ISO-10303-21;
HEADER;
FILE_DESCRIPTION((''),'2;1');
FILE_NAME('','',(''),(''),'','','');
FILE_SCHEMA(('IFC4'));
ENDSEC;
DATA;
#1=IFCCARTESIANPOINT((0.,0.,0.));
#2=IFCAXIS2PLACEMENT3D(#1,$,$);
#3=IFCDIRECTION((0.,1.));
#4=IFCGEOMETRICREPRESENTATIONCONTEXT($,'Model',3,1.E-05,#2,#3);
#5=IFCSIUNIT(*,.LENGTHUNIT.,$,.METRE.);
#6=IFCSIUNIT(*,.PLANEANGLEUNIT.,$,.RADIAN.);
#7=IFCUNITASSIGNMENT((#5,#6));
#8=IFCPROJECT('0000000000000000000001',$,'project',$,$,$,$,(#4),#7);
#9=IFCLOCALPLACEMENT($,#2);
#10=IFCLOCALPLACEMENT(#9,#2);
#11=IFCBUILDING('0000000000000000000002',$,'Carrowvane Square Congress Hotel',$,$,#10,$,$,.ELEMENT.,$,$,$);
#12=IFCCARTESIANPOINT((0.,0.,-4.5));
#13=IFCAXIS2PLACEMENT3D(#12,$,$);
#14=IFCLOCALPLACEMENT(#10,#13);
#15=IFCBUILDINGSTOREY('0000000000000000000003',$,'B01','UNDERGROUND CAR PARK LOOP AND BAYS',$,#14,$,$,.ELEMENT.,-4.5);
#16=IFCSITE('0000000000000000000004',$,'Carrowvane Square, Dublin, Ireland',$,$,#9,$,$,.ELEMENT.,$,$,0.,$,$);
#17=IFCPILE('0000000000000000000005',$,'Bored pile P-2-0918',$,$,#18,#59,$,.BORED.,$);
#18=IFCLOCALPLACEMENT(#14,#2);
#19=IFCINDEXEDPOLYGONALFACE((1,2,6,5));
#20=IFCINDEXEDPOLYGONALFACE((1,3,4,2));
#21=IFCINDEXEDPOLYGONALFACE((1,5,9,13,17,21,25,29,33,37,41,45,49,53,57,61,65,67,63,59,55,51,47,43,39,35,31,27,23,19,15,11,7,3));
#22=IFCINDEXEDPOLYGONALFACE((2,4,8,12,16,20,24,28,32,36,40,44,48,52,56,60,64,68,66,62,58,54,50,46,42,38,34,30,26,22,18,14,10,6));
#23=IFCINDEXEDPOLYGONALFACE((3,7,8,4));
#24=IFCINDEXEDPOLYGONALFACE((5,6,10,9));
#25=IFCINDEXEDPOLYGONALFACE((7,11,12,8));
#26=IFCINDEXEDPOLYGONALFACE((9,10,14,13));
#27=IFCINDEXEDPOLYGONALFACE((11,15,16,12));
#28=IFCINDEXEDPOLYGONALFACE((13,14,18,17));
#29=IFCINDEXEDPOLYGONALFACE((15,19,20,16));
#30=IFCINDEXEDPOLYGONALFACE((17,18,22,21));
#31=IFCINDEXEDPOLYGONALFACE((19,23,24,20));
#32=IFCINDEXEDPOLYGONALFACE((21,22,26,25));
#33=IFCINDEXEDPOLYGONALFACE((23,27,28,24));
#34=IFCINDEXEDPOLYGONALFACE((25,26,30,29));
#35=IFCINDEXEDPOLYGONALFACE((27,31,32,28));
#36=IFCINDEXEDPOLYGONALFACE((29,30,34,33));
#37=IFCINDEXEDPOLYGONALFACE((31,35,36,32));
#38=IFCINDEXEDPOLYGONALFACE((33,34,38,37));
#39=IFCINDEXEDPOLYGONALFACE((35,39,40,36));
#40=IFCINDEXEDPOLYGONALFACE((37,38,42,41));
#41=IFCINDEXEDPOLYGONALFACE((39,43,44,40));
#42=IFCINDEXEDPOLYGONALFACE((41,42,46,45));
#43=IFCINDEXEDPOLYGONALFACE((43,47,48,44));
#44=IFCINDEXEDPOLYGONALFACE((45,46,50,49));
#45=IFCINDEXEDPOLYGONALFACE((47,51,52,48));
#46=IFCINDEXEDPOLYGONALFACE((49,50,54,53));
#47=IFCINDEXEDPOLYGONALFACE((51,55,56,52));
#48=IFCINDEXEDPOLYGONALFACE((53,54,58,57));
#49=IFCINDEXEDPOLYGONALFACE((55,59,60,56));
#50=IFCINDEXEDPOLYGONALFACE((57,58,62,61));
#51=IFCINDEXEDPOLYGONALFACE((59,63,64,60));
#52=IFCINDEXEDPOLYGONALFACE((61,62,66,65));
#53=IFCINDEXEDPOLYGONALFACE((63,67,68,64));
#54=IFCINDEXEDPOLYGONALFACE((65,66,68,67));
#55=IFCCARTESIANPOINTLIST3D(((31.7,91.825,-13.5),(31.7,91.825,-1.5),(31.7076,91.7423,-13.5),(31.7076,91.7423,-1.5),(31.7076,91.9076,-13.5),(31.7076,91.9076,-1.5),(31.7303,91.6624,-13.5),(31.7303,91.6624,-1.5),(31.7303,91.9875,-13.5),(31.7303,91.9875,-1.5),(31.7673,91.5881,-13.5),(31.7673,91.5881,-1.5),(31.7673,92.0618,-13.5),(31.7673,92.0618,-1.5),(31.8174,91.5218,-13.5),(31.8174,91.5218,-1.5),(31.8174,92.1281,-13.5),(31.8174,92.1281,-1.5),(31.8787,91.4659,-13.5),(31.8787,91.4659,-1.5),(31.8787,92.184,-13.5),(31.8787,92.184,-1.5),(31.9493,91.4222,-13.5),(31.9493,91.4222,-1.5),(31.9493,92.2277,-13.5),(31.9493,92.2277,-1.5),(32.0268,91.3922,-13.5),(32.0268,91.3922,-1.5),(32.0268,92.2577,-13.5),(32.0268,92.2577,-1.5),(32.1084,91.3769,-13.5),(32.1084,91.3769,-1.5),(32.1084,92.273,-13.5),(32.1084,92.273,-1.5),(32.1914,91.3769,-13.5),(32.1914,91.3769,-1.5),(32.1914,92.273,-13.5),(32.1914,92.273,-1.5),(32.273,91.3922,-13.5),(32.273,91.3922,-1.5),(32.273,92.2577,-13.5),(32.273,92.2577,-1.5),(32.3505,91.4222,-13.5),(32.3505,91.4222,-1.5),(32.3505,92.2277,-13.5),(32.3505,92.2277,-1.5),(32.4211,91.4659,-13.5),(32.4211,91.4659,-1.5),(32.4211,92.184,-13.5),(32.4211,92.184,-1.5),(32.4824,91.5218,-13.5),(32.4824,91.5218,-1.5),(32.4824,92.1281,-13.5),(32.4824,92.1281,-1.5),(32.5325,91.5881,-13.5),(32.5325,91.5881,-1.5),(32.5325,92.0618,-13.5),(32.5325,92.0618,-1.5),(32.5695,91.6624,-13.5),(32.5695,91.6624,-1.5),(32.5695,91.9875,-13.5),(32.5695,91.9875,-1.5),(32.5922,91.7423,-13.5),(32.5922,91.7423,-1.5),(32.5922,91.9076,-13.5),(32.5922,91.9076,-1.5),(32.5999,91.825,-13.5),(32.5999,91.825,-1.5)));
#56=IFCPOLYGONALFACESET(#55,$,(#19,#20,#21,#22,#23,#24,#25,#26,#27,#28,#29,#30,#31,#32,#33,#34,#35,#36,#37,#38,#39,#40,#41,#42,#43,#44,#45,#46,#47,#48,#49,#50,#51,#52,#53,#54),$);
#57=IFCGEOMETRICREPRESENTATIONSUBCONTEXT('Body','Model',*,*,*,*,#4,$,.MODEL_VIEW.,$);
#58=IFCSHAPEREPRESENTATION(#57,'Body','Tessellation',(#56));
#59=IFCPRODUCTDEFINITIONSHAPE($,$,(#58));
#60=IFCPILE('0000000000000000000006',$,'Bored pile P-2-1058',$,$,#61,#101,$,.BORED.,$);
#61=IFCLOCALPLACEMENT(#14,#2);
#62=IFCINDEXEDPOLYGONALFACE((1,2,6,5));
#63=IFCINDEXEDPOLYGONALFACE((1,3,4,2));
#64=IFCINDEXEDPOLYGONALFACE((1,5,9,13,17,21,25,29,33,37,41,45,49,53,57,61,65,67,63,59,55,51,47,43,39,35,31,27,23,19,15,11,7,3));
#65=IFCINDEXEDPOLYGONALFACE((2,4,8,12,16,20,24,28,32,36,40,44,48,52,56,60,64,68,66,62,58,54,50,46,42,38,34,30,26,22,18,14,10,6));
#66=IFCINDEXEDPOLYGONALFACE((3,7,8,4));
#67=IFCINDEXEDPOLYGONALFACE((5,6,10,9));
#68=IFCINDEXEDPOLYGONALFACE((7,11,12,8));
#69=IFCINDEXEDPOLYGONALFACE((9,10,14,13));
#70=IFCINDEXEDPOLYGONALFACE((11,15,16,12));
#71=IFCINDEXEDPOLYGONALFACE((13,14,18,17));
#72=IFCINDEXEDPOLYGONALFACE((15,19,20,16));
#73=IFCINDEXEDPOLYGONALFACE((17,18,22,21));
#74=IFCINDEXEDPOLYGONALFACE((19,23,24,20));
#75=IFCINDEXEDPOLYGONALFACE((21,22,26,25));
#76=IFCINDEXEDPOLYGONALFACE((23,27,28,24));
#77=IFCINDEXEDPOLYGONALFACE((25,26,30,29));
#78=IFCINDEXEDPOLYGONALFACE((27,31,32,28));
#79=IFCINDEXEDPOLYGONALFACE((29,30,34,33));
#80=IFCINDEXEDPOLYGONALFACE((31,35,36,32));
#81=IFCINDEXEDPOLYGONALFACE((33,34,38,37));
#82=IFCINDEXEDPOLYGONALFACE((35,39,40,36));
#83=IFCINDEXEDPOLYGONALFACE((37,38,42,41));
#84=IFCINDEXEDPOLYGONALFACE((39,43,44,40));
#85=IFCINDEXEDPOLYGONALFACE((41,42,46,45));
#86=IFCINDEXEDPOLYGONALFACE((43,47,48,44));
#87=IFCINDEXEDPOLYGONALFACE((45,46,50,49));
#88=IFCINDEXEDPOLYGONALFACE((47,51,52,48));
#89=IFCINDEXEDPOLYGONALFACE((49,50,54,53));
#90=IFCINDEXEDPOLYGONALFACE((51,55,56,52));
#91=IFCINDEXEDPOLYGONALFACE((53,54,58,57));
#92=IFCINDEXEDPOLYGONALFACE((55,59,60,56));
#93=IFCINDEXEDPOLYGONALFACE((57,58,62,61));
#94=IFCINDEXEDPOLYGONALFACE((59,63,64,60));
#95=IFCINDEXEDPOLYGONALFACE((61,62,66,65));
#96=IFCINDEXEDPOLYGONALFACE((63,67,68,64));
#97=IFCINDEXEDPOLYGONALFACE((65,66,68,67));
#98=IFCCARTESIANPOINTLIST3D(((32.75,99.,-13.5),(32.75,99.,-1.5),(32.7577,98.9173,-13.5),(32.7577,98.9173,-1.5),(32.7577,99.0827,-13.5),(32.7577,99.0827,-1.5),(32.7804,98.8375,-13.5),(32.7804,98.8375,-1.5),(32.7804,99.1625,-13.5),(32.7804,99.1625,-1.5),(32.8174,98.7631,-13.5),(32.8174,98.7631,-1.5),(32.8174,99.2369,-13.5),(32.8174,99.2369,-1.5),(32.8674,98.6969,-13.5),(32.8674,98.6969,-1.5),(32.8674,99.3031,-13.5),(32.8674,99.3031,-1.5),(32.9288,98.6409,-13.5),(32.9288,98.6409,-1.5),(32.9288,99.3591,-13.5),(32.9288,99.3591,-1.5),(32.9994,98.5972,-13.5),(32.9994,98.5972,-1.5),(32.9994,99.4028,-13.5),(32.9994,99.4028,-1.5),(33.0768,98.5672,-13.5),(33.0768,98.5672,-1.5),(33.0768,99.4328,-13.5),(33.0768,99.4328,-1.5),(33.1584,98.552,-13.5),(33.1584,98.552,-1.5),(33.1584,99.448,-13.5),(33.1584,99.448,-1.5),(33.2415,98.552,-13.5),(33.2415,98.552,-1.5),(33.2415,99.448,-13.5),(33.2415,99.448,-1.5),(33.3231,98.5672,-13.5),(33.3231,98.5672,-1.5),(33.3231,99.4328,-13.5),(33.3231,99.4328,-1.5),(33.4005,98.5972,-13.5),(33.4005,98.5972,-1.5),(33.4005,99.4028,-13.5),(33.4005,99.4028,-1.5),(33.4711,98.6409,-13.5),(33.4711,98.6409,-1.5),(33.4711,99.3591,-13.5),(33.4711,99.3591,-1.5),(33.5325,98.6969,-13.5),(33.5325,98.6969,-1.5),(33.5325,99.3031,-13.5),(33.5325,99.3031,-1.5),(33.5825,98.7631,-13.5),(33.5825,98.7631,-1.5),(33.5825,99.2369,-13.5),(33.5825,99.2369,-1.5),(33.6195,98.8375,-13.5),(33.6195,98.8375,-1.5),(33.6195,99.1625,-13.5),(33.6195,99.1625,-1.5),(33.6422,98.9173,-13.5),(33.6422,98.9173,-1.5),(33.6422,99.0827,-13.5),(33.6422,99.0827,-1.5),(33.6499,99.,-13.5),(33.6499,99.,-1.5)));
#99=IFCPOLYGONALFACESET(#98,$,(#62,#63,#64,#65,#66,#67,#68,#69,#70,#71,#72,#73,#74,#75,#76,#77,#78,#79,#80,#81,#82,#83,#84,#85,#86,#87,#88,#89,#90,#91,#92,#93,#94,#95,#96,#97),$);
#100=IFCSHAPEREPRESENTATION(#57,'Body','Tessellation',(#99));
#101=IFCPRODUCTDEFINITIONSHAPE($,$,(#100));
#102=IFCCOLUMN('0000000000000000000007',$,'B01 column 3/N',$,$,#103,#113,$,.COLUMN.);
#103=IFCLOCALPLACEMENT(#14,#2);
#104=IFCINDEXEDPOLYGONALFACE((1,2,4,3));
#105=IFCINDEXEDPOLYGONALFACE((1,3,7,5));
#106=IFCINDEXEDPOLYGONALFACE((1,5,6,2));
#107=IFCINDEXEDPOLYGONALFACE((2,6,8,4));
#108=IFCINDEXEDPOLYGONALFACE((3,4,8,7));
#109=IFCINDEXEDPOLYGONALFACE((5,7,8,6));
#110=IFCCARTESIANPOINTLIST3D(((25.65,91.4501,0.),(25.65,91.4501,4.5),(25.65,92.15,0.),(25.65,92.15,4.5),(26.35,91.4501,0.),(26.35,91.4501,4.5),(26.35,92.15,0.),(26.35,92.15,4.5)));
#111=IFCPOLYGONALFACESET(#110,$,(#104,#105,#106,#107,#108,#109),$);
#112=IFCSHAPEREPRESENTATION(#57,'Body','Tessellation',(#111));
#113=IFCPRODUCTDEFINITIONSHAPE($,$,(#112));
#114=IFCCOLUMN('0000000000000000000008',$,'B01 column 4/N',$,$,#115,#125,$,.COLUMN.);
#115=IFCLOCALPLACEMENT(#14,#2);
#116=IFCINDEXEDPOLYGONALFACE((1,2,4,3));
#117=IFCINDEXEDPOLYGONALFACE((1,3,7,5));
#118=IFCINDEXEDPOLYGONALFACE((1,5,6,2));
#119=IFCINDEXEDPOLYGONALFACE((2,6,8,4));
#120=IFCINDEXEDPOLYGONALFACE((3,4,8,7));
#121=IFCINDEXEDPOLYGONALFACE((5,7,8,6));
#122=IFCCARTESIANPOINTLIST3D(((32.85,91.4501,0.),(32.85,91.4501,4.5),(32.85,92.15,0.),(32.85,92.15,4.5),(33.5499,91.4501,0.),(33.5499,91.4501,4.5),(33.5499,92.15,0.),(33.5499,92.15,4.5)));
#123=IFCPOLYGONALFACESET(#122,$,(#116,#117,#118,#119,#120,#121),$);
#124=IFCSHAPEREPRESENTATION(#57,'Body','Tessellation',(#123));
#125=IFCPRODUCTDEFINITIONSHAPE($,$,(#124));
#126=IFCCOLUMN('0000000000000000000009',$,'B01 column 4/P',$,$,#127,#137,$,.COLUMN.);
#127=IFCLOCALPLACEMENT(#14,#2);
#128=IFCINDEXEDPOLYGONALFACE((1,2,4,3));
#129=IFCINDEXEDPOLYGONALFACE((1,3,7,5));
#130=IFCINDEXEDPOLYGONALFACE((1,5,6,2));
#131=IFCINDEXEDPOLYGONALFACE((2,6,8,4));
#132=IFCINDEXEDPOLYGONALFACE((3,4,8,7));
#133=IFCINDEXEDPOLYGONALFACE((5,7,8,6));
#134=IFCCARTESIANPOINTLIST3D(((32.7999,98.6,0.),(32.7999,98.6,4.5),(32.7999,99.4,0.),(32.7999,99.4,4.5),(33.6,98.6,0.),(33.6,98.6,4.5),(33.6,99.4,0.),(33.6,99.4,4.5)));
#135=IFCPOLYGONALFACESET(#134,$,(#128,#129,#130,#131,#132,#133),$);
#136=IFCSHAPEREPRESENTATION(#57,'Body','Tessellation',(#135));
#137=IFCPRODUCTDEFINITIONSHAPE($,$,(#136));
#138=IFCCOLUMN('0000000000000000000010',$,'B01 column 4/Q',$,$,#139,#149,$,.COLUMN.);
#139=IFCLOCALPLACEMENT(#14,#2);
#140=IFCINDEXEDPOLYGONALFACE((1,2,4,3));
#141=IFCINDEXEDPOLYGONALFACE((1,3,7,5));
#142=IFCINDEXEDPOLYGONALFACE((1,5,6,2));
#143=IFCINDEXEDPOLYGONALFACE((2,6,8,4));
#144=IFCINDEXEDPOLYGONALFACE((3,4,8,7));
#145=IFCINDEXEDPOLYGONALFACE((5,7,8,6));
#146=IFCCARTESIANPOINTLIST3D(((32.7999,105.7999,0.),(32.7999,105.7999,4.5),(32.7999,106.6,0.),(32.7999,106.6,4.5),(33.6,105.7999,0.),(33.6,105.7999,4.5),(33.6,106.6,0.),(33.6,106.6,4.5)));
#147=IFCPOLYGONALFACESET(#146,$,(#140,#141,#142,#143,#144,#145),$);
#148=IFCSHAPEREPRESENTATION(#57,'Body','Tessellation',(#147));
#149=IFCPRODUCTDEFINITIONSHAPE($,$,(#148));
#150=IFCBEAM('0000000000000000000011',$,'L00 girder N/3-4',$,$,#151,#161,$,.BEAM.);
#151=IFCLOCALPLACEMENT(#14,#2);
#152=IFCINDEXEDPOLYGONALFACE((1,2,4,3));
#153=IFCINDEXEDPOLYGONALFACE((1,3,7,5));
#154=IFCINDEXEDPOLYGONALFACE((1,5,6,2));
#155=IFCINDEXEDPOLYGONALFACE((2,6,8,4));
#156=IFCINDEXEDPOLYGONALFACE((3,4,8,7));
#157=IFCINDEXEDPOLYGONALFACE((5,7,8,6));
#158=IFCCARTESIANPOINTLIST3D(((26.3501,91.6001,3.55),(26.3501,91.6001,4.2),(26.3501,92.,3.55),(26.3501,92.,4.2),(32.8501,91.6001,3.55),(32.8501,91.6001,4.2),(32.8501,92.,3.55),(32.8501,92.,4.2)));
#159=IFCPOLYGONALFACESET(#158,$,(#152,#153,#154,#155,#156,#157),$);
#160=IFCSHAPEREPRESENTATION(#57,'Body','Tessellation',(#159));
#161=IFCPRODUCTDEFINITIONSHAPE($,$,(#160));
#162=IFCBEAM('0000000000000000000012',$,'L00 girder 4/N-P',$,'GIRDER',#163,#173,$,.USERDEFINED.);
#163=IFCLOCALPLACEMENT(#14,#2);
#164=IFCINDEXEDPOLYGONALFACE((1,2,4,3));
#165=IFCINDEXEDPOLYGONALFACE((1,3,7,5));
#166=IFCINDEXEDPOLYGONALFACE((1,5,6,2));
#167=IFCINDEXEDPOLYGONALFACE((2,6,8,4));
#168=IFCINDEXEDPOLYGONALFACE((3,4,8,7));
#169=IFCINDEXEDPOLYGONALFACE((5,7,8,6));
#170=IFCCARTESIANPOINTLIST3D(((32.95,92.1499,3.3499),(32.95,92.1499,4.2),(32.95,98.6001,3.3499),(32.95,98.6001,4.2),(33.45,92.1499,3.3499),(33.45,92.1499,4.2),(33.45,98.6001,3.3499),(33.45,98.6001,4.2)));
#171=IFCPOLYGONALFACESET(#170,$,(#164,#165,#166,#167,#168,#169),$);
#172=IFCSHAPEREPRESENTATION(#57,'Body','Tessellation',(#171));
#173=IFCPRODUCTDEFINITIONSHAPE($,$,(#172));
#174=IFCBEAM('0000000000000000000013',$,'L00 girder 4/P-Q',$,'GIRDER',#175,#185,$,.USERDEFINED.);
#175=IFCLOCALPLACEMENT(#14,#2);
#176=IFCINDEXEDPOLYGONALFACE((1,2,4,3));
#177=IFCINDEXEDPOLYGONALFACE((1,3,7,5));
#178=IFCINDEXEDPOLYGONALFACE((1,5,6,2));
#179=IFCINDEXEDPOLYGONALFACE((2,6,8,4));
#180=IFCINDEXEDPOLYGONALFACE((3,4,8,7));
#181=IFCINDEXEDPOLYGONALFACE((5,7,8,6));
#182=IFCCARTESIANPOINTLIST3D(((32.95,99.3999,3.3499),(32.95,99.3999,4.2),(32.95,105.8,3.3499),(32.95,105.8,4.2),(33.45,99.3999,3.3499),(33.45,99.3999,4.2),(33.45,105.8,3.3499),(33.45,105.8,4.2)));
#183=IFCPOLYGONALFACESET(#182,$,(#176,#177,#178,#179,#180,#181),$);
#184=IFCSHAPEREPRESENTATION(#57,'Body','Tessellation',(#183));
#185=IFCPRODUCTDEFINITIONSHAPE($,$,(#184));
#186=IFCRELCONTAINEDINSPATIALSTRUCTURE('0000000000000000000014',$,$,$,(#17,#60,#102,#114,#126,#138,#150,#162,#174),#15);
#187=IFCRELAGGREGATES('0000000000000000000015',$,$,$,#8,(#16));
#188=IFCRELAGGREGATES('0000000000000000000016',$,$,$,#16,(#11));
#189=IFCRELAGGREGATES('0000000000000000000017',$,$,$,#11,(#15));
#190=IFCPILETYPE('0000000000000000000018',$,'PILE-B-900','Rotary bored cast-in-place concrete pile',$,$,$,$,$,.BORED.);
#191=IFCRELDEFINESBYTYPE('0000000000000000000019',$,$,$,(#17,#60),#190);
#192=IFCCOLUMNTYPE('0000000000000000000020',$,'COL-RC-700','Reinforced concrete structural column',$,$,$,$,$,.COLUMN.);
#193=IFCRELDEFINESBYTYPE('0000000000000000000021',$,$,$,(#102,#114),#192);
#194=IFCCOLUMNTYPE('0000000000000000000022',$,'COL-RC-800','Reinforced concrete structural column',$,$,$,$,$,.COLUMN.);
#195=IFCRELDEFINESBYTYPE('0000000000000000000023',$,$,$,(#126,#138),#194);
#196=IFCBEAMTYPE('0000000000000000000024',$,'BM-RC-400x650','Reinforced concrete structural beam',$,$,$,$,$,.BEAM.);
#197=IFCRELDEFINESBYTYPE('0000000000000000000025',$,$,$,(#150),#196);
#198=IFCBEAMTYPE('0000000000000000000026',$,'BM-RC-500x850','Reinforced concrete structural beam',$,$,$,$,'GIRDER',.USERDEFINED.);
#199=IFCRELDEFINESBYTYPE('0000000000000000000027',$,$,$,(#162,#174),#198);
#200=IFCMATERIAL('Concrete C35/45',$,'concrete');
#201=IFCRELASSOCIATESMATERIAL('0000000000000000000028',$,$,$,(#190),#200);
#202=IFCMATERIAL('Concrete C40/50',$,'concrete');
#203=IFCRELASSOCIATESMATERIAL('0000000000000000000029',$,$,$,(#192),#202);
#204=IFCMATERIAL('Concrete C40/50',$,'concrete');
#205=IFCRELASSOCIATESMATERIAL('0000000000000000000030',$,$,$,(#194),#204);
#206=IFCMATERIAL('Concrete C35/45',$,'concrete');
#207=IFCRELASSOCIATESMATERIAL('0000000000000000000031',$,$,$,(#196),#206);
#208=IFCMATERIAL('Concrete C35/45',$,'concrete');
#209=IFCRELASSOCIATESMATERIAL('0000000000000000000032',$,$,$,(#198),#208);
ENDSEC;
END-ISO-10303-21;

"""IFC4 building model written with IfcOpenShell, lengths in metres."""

from ifc_helpers import new_model, si_unit, direction, frame, origin, origin_2d, place, context, subcontext, project, spatial, rectangle, circle, extrude, material, material_profile, profile_set, type_object, element, save


model = new_model("IFC4")

# Units and contexts
model_context = context("Model", 3, precision=1e-05, world=origin(), true_north=direction((0.0, 1.0)))
body_context = subcontext(model_context, "Body", "Model", "MODEL_VIEW")
ifc_project = project(units=[si_unit("LENGTHUNIT", "METRE"), si_unit("PLANEANGLEUNIT", "RADIAN")], contexts=[model_context])

# Site, building, storey
site_placement = place(None, origin())
site = spatial("IfcSite", under=ifc_project, at=site_placement, Name="Carrowvane Square, Dublin, Ireland", CompositionType="ELEMENT", RefElevation=0.0)
building_placement = place(site_placement, origin())
building = spatial("IfcBuilding", under=site, at=building_placement, Name="Carrowvane Square Congress Hotel", CompositionType="ELEMENT")
storey_placement = place(building_placement, frame((0.0, 0.0, -4.5)))
storey = spatial("IfcBuildingStorey", under=building, at=storey_placement, Name="B01", Description="UNDERGROUND CAR PARK LOOP AND BAYS", CompositionType="ELEMENT", Elevation=-4.5)

# Piles
ifc_material_1 = material(Name="Concrete C35/45", Category="concrete")
ifc_material_profile_1 = material_profile(ifc_material_1, circle(Radius=0.45, at=origin_2d()), Name="PILE D900")
ifc_profile_set_1 = profile_set([ifc_material_profile_1], Name="Concrete C35/45")
pile_type_1 = type_object("IfcPileType", Name="PILE-B-900", Description="Rotary bored cast-in-place concrete pile", PredefinedType="BORED", material=ifc_profile_set_1)
for number, where, z_axis, x_axis, name in (
    (1, (32.1499, 91.825, -1.5), (0.0, 0.0, -1.0), (1.0, 0.0, 0.0), "Bored pile P-2-0918"),
    (2, (33.2, 99.0, -1.5), (0.0, 0.0, -1.0), (1.0, 0.0, 0.0), "Bored pile P-2-1058"),
):
    element("IfcPile", number, at=place(storey_placement, frame(where, z_axis=z_axis, x_axis=x_axis)), inside=storey, type_object=pile_type_1, Name=name, PredefinedType="BORED", context=body_context, shape_type="SweptSolid", body=[
        extrude(circle(Radius=0.45, at=origin_2d()), origin(), (0.0, 0.0, 1.0), 12.0),
    ])

# Columns
ifc_material_2 = material(Name="Concrete C40/50", Category="concrete")
ifc_material_profile_2 = material_profile(ifc_material_2, rectangle(XDim=0.7, YDim=0.7, at=origin_2d()), Name="RC 700x700")
ifc_profile_set_2 = profile_set([ifc_material_profile_2], Name="Concrete C40/50")
column_type_1 = type_object("IfcColumnType", Name="COL-RC-700", Description="Reinforced concrete structural column", PredefinedType="COLUMN", material=ifc_profile_set_2)
for number, where, z_axis, x_axis, name in (
    (3, (26.0, 91.8, 0.0), (0.0, 0.0, 1.0), (1.0, 0.0, 0.0), "B01 column 3/N"),
    (4, (33.2, 91.8, 0.0), (0.0, 0.0, 1.0), (1.0, 0.0, 0.0), "B01 column 4/N"),
):
    element("IfcColumn", number, at=place(storey_placement, frame(where, z_axis=z_axis, x_axis=x_axis)), inside=storey, type_object=column_type_1, Name=name, PredefinedType="COLUMN", context=body_context, shape_type="SweptSolid", body=[
        extrude(rectangle(XDim=0.7, YDim=0.7, at=origin_2d()), origin(), (0.0, 0.0, 1.0), 4.5),
    ])
ifc_material_3 = material(Name="Concrete C40/50", Category="concrete")
ifc_material_profile_3 = material_profile(ifc_material_3, rectangle(XDim=0.8, YDim=0.8, at=origin_2d()), Name="RC 800x800")
ifc_profile_set_3 = profile_set([ifc_material_profile_3], Name="Concrete C40/50")
column_type_2 = type_object("IfcColumnType", Name="COL-RC-800", Description="Reinforced concrete structural column", PredefinedType="COLUMN", material=ifc_profile_set_3)
for number, where, z_axis, x_axis, name in (
    (5, (33.2, 99.0, 0.0), (0.0, 0.0, 1.0), (1.0, 0.0, 0.0), "B01 column 4/P"),
    (6, (33.2, 106.2, 0.0), (0.0, 0.0, 1.0), (1.0, 0.0, 0.0), "B01 column 4/Q"),
):
    element("IfcColumn", number, at=place(storey_placement, frame(where, z_axis=z_axis, x_axis=x_axis)), inside=storey, type_object=column_type_2, Name=name, PredefinedType="COLUMN", context=body_context, shape_type="SweptSolid", body=[
        extrude(rectangle(XDim=0.8, YDim=0.8, at=origin_2d()), origin(), (0.0, 0.0, 1.0), 4.5),
    ])

# Beams
ifc_material_4 = material(Name="Concrete C35/45", Category="concrete")
ifc_material_profile_4 = material_profile(ifc_material_4, rectangle(XDim=0.3999, YDim=0.6499, at=origin_2d()), Name="RC 400x650")
ifc_profile_set_4 = profile_set([ifc_material_profile_4], Name="Concrete C35/45")
beam_type_1 = type_object("IfcBeamType", Name="BM-RC-400x650", Description="Reinforced concrete structural beam", PredefinedType="BEAM", material=ifc_profile_set_4)
beam_1_placement = place(storey_placement, frame((26.3501, 91.8, 3.875), z_axis=(1.0, 0.0, 0.0), x_axis=(0.0, 1.0, 0.0)))
element("IfcBeam", 7, at=beam_1_placement, inside=storey, type_object=beam_type_1, Name="L00 girder N/3-4", PredefinedType="BEAM", context=body_context, shape_type="SweptSolid", body=[
    extrude(rectangle(XDim=0.3999, YDim=0.6499, at=origin_2d()), origin(), (0.0, 0.0, 1.0), 6.5),
])
ifc_material_5 = material(Name="Concrete C35/45", Category="concrete")
ifc_material_profile_5 = material_profile(ifc_material_5, rectangle(XDim=0.5, YDim=0.8501, at=origin_2d()), Name="RC 500x850")
ifc_profile_set_5 = profile_set([ifc_material_profile_5], Name="Concrete C35/45")
beam_type_2 = type_object("IfcBeamType", Name="BM-RC-500x850", Description="Reinforced concrete structural beam", ElementType="GIRDER", PredefinedType="USERDEFINED", material=ifc_profile_set_5)
beam_2_placement = place(storey_placement, frame((33.2, 92.1499, 3.7749), z_axis=(0.0, 1.0, 0.0), x_axis=(-1.0, 0.0, 0.0)))
element("IfcBeam", 8, at=beam_2_placement, inside=storey, type_object=beam_type_2, Name="L00 girder 4/N-P", ObjectType="GIRDER", PredefinedType="USERDEFINED", context=body_context, shape_type="SweptSolid", body=[
    extrude(rectangle(XDim=0.5, YDim=0.8501, at=origin_2d()), origin(), (0.0, 0.0, 1.0), 6.4502),
])
beam_3_placement = place(storey_placement, frame((33.2, 99.3999, 3.7749), z_axis=(0.0, 1.0, 0.0), x_axis=(-1.0, 0.0, 0.0)))
element("IfcBeam", 9, at=beam_3_placement, inside=storey, type_object=beam_type_2, Name="L00 girder 4/P-Q", ObjectType="GIRDER", PredefinedType="USERDEFINED", context=body_context, shape_type="SweptSolid", body=[
    extrude(rectangle(XDim=0.5, YDim=0.8501, at=origin_2d()), origin(), (0.0, 0.0, 1.0), 6.4001),
])

save(model, "model.ifc")
